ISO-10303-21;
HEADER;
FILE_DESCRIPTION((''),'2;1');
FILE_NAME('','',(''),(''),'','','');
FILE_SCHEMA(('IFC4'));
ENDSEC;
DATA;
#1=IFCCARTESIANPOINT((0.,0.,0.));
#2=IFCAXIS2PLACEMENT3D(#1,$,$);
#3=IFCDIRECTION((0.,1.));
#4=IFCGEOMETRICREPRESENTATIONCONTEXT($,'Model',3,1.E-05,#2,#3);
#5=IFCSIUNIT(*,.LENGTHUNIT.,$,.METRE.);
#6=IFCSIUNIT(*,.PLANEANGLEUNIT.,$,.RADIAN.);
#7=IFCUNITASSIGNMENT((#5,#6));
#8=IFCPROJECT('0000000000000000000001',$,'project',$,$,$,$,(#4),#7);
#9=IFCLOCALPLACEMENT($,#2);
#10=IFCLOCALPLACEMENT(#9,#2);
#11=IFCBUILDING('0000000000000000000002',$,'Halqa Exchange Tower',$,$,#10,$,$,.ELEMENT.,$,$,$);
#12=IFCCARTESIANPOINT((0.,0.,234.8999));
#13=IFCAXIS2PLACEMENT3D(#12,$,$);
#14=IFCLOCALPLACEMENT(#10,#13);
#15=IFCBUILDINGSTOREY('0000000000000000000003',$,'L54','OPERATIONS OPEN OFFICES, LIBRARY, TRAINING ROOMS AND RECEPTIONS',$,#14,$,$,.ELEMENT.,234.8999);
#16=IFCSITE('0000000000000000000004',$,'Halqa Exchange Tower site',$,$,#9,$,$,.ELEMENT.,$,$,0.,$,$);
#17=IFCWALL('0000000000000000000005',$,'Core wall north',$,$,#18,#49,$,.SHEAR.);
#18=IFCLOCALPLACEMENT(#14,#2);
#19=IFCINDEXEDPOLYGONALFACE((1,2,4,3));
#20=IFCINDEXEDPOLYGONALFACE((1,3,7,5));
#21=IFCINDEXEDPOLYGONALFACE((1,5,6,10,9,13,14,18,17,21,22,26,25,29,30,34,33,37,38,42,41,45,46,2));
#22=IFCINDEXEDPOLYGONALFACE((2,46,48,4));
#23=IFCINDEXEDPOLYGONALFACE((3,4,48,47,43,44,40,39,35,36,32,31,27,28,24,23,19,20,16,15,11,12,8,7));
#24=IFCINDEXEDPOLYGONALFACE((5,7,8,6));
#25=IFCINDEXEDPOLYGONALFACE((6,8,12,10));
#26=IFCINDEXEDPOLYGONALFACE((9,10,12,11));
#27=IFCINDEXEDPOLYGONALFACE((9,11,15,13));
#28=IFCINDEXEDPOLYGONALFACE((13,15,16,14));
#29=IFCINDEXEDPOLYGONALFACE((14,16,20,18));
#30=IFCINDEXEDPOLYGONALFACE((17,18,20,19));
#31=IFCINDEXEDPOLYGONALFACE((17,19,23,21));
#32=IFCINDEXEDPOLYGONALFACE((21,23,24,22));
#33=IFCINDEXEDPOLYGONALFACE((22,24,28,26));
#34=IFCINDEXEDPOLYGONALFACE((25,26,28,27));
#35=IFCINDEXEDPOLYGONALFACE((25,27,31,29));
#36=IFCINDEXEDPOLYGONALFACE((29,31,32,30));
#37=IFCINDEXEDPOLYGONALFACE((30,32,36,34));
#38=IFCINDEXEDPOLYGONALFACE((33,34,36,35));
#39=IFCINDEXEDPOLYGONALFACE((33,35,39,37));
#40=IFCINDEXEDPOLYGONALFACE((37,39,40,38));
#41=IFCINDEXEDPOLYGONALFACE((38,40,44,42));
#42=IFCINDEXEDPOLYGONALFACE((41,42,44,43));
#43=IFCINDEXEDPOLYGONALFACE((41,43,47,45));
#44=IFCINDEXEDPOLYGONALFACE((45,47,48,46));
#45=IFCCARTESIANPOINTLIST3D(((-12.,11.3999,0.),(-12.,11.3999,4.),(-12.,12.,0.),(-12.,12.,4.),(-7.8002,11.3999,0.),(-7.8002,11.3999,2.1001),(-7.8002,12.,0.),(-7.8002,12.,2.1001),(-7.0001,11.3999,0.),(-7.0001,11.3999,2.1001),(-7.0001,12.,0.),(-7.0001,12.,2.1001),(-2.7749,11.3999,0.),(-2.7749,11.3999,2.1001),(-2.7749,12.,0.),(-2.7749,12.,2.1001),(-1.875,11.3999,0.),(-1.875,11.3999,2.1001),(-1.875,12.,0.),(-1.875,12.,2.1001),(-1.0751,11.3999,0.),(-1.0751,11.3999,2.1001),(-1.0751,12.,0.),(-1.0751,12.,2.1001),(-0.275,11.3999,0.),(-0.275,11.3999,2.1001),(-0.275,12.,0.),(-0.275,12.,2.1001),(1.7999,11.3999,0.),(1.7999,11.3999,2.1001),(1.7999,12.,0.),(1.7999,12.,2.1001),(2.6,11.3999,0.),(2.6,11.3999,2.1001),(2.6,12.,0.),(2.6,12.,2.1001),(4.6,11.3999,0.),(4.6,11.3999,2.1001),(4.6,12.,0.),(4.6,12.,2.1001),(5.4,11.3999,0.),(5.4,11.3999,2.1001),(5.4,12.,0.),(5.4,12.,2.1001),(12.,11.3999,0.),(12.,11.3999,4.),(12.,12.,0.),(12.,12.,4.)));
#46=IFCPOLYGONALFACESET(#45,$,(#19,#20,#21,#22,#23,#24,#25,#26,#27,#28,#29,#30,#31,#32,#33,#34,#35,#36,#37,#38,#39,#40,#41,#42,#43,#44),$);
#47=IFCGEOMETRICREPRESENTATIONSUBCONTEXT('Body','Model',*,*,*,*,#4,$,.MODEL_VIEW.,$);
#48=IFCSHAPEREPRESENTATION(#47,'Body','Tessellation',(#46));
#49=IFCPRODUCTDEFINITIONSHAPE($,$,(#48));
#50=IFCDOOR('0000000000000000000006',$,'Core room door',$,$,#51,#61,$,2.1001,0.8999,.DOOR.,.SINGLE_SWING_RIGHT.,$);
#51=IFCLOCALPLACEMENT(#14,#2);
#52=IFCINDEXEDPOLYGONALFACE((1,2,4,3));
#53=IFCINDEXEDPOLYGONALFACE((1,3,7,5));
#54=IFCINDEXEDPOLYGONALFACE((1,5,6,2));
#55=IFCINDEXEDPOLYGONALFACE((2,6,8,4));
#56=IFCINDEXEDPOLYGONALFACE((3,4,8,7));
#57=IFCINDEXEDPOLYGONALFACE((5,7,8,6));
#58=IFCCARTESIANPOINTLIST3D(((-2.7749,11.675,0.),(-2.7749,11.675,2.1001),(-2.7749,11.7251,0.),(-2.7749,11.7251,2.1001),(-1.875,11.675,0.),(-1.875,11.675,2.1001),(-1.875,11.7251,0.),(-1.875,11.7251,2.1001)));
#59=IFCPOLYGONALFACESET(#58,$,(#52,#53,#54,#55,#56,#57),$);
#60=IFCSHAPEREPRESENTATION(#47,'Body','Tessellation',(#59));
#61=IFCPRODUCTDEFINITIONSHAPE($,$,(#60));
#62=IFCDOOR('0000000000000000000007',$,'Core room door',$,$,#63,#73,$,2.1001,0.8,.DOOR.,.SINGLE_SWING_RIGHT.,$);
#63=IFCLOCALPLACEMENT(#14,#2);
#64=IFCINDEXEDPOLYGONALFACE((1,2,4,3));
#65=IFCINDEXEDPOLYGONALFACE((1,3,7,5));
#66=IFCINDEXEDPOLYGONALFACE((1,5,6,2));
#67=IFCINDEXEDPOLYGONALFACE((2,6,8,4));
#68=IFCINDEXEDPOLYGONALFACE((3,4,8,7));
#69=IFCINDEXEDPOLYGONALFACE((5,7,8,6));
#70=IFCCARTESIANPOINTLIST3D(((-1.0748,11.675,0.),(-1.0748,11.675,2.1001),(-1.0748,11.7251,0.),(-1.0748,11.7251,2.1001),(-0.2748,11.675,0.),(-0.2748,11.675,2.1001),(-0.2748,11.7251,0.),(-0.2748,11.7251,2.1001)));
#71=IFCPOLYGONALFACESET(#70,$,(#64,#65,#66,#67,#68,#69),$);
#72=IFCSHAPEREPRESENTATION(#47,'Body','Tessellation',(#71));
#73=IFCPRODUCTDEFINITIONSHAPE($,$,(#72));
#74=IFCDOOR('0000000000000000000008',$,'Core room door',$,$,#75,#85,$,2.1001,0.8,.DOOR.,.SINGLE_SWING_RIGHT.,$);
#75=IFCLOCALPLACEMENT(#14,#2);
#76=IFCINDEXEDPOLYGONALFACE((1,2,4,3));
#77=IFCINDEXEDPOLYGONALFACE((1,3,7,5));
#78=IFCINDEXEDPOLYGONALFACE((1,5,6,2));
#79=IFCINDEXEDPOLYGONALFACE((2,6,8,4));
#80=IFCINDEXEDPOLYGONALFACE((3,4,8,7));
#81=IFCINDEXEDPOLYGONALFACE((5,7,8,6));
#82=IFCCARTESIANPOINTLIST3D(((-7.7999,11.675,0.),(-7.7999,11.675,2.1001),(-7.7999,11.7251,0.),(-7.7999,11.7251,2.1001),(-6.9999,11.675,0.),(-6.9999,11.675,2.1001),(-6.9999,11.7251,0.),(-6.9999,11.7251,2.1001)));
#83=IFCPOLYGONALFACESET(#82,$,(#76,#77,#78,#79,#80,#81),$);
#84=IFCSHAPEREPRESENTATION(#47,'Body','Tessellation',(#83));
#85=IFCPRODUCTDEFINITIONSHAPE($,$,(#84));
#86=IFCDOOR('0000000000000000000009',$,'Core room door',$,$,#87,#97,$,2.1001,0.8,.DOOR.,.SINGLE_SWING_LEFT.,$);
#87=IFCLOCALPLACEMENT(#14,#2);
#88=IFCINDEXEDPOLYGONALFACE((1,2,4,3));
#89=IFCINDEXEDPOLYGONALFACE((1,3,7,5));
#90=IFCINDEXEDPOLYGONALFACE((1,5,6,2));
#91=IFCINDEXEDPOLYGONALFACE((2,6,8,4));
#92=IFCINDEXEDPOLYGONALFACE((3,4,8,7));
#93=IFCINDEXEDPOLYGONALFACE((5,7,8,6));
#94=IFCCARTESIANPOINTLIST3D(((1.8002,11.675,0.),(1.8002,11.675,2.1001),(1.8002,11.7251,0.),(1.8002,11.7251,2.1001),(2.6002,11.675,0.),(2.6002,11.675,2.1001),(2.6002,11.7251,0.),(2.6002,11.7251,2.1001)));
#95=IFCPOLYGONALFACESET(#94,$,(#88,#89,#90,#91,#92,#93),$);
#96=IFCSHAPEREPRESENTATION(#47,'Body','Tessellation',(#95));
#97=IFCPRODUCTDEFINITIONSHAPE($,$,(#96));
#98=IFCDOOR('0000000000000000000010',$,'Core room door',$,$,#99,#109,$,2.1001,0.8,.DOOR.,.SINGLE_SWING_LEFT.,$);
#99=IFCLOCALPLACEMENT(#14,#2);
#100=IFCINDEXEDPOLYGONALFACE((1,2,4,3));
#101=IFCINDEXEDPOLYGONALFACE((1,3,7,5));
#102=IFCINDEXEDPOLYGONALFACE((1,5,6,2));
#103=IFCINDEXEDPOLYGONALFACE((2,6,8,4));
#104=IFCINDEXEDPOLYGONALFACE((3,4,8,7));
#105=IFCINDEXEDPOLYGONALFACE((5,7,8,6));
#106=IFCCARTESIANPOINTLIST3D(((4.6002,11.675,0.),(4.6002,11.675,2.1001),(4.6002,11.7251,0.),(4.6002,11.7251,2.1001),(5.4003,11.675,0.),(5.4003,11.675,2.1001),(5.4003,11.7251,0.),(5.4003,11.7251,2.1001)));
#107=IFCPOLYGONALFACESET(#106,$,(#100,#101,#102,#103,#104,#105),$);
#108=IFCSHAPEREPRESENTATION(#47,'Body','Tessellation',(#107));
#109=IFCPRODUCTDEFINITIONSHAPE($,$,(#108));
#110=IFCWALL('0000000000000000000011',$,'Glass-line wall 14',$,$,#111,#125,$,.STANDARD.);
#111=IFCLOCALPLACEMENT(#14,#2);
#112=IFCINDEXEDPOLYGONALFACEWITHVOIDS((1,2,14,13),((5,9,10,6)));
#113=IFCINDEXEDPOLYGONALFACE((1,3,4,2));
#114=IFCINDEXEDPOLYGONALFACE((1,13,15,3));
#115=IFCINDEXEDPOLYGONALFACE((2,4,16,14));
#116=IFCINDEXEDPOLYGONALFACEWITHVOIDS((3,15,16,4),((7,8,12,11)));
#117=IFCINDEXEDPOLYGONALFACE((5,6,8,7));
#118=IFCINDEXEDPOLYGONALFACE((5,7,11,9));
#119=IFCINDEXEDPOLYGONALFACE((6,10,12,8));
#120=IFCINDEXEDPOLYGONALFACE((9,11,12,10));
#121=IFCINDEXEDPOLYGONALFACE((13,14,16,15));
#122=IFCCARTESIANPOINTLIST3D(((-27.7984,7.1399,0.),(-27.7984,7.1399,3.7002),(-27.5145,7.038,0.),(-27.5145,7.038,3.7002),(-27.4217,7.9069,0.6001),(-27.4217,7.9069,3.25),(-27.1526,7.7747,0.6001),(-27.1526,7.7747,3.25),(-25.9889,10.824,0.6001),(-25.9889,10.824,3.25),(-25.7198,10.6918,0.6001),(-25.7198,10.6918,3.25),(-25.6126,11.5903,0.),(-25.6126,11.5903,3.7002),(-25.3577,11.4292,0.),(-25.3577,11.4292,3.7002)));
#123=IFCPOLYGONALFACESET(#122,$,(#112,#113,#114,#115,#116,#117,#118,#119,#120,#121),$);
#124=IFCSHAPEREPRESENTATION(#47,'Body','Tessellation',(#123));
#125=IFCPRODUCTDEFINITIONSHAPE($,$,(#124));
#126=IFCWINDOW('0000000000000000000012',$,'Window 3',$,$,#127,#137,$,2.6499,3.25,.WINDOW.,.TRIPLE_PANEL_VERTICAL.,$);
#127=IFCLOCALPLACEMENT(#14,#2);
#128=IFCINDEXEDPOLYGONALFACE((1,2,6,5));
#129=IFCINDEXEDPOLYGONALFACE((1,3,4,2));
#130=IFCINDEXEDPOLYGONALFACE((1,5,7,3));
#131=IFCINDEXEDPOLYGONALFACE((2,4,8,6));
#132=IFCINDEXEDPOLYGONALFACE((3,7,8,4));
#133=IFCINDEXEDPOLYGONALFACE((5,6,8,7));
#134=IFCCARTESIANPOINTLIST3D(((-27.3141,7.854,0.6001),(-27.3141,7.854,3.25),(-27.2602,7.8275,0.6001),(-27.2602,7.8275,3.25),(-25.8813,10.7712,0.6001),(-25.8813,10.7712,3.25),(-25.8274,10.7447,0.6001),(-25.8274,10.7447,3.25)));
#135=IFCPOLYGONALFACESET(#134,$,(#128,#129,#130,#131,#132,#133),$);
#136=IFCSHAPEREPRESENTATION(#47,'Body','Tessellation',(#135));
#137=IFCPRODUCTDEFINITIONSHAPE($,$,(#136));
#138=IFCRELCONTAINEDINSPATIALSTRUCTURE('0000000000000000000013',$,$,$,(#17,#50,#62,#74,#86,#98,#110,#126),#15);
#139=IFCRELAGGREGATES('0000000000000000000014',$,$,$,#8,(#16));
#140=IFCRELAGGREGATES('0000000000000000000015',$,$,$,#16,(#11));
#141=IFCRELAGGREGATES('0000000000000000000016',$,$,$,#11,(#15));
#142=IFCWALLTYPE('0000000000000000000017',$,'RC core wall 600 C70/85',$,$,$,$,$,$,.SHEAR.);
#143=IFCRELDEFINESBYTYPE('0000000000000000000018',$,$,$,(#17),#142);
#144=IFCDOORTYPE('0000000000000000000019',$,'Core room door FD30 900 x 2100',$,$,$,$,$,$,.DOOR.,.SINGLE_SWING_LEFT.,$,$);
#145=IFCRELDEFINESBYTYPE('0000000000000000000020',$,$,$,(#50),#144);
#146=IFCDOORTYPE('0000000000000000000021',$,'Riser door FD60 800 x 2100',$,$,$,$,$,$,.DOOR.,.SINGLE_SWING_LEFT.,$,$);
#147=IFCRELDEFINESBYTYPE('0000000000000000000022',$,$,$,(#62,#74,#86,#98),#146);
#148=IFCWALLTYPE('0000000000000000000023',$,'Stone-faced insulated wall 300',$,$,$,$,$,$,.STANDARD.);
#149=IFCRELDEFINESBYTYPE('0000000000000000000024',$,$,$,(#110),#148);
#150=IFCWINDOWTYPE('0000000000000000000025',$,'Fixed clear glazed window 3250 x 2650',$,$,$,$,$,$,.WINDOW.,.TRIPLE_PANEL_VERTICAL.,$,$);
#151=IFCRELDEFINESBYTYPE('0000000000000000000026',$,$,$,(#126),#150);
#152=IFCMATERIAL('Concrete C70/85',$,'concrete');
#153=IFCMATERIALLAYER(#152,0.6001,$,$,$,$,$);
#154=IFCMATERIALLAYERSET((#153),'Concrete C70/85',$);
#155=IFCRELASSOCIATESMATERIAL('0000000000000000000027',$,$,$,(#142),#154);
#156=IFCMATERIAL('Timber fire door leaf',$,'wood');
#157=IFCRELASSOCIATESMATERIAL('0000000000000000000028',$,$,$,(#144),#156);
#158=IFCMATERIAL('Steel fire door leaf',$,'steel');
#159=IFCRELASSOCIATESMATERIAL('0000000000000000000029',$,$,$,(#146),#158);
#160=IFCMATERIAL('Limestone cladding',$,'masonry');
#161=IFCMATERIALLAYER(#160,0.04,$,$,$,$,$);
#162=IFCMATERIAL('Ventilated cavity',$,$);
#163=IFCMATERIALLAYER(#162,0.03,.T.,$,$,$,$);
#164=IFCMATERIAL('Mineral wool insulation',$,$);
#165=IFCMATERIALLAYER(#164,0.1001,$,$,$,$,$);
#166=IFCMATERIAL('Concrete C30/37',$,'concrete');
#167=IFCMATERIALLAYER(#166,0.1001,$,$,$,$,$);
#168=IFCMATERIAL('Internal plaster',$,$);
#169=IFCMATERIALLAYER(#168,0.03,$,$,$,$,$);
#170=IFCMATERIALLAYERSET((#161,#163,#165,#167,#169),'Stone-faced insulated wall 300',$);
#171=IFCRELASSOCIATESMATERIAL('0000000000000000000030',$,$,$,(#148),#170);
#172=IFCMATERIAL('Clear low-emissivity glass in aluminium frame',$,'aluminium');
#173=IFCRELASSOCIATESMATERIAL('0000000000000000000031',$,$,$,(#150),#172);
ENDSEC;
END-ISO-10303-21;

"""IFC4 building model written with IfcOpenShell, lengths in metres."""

from ifc_helpers import new_model, si_unit, direction, frame, frame_2d, origin, place, context, subcontext, project, spatial, polyline, rectangle, outline, extrude, material, layer, layer_set, type_object, element, fill, save


model = new_model("IFC4")

# Units and contexts
model_context = context("Model", 3, precision=1e-05, world=origin(), true_north=direction((0.0, 1.0)))
body_context = subcontext(model_context, "Body", "Model", "MODEL_VIEW")
ifc_project = project(units=[si_unit("LENGTHUNIT", "METRE"), si_unit("PLANEANGLEUNIT", "RADIAN")], contexts=[model_context])

# Site, building, storey
site_placement = place(None, origin())
site = spatial("IfcSite", under=ifc_project, at=site_placement, Name="Halqa Exchange Tower site", CompositionType="ELEMENT", RefElevation=0.0)
building_placement = place(site_placement, origin())
building = spatial("IfcBuilding", under=site, at=building_placement, Name="Halqa Exchange Tower", CompositionType="ELEMENT")
storey_placement = place(building_placement, frame((0.0, 0.0, 234.8999)))
storey = spatial("IfcBuildingStorey", under=building, at=storey_placement, Name="L54", Description="OPERATIONS OPEN OFFICES, LIBRARY, TRAINING ROOMS AND RECEPTIONS", CompositionType="ELEMENT", Elevation=234.8999)

# Wall, openings, doors
ifc_material_1 = material(Name="Concrete C70/85", Category="concrete")
ifc_layer_1 = layer(ifc_material_1, 0.6001)
ifc_layer_set_1 = layer_set([ifc_layer_1], Name="Concrete C70/85")
wall_type_1 = type_object("IfcWallType", Name="RC core wall 600 C70/85", PredefinedType="SHEAR", material=ifc_layer_set_1)
wall_1_placement = place(storey_placement, frame((-12.0, 11.7, 0.0), z_axis=(0.0, 0.0, 1.0), x_axis=(1.0, 0.0, 0.0)))
wall_1 = element("IfcWall", 1, at=wall_1_placement, inside=storey, type_object=wall_type_1, Name="Core wall north", PredefinedType="SHEAR", context=body_context, shape_type="SweptSolid", body=[
    extrude(rectangle(XDim=24.0, YDim=0.6001, at=frame_2d((12.0, 0.0))), origin(), (0.0, 0.0, 1.0), 4.0),
])
opening_1_placement = place(wall_1_placement, frame((9.2251, 0.0, 0.0)))
opening_1 = element("IfcOpeningElement", 2, at=opening_1_placement, cuts=wall_1, PredefinedType="OPENING", context=body_context, shape_type="SweptSolid", body=[
    extrude(rectangle(XDim=0.8999, YDim=2.1001, at=frame_2d((0.45, 1.05))), frame((0.0, 0.312, 0.0), z_axis=(0.0, -1.0, 0.0), x_axis=(1.0, 0.0, 0.0)), (0.0, 0.0, 1.0), 0.624),
])
opening_2_placement = place(wall_1_placement, frame((10.925, 0.0, 0.0)))
opening_2 = element("IfcOpeningElement", 3, at=opening_2_placement, cuts=wall_1, PredefinedType="OPENING", context=body_context, shape_type="SweptSolid", body=[
    extrude(rectangle(XDim=0.8, YDim=2.1001, at=frame_2d((0.3999, 1.05))), frame((0.0, 0.312, 0.0), z_axis=(0.0, -1.0, 0.0), x_axis=(1.0, 0.0, 0.0)), (0.0, 0.0, 1.0), 0.624),
])
opening_3_placement = place(wall_1_placement, frame((4.2, 0.0, 0.0)))
opening_3 = element("IfcOpeningElement", 4, at=opening_3_placement, cuts=wall_1, PredefinedType="OPENING", context=body_context, shape_type="SweptSolid", body=[
    extrude(rectangle(XDim=0.8, YDim=2.1001, at=frame_2d((0.3999, 1.05))), frame((0.0, 0.312, 0.0), z_axis=(0.0, -1.0, 0.0), x_axis=(1.0, 0.0, 0.0)), (0.0, 0.0, 1.0), 0.624),
])
opening_4_placement = place(wall_1_placement, frame((13.8, 0.0, 0.0)))
opening_4 = element("IfcOpeningElement", 5, at=opening_4_placement, cuts=wall_1, PredefinedType="OPENING", context=body_context, shape_type="SweptSolid", body=[
    extrude(rectangle(XDim=0.8, YDim=2.1001, at=frame_2d((0.3999, 1.05))), frame((0.0, 0.312, 0.0), z_axis=(0.0, -1.0, 0.0), x_axis=(1.0, 0.0, 0.0)), (0.0, 0.0, 1.0), 0.624),
])
opening_5_placement = place(wall_1_placement, frame((16.6001, 0.0, 0.0)))
opening_5 = element("IfcOpeningElement", 6, at=opening_5_placement, cuts=wall_1, PredefinedType="OPENING", context=body_context, shape_type="SweptSolid", body=[
    extrude(rectangle(XDim=0.8, YDim=2.1001, at=frame_2d((0.3999, 1.05))), frame((0.0, 0.312, 0.0), z_axis=(0.0, -1.0, 0.0), x_axis=(1.0, 0.0, 0.0)), (0.0, 0.0, 1.0), 0.624),
])
ifc_material_2 = material(Name="Timber fire door leaf", Category="wood")
door_type_1 = type_object("IfcDoorType", Name="Core room door FD30 900 x 2100", OperationType="SINGLE_SWING_LEFT", PredefinedType="DOOR", material=ifc_material_2)
door_1_placement = place(opening_1_placement, frame((0.8999, 0.0, 0.0), z_axis=(0.0, 0.0, 1.0), x_axis=(-1.0, 0.0, 0.0)))
door_1 = element("IfcDoor", 7, at=door_1_placement, inside=storey, type_object=door_type_1, Name="Core room door", OperationType="SINGLE_SWING_RIGHT", OverallHeight=2.1001, OverallWidth=0.8999, PredefinedType="DOOR", context=body_context, shape_type="SweptSolid", body=[
    extrude(rectangle(XDim=0.8999, YDim=2.1001, at=frame_2d((0.45, 1.05))), frame((0.0, 0.0249, 0.0), z_axis=(0.0, -1.0, 0.0), x_axis=(1.0, 0.0, 0.0)), (0.0, 0.0, 1.0), 0.05),
])
fill(opening_1, door_1)
ifc_material_3 = material(Name="Steel fire door leaf", Category="steel")
door_type_2 = type_object("IfcDoorType", Name="Riser door FD60 800 x 2100", OperationType="SINGLE_SWING_LEFT", PredefinedType="DOOR", material=ifc_material_3)
door_2_placement = place(opening_2_placement, frame((0.8, 0.0, 0.0), z_axis=(0.0, 0.0, 1.0), x_axis=(-1.0, 0.0, 0.0)))
door_2 = element("IfcDoor", 8, at=door_2_placement, inside=storey, type_object=door_type_2, Name="Core room door", OperationType="SINGLE_SWING_RIGHT", OverallHeight=2.1001, OverallWidth=0.8, PredefinedType="DOOR", context=body_context, shape_type="SweptSolid", body=[
    extrude(rectangle(XDim=0.8, YDim=2.1001, at=frame_2d((0.3999, 1.05))), frame((0.0, 0.0249, 0.0), z_axis=(0.0, -1.0, 0.0), x_axis=(1.0, 0.0, 0.0)), (0.0, 0.0, 1.0), 0.05),
])
fill(opening_2, door_2)
door_3_placement = place(opening_3_placement, frame((0.8, 0.0, 0.0), z_axis=(0.0, 0.0, 1.0), x_axis=(-1.0, 0.0, 0.0)))
door_3 = element("IfcDoor", 9, at=door_3_placement, inside=storey, type_object=door_type_2, Name="Core room door", OperationType="SINGLE_SWING_RIGHT", OverallHeight=2.1001, OverallWidth=0.8, PredefinedType="DOOR", context=body_context, shape_type="SweptSolid", body=[
    extrude(rectangle(XDim=0.8, YDim=2.1001, at=frame_2d((0.3999, 1.05))), frame((0.0, 0.0249, 0.0), z_axis=(0.0, -1.0, 0.0), x_axis=(1.0, 0.0, 0.0)), (0.0, 0.0, 1.0), 0.05),
])
fill(opening_3, door_3)
door_4_placement = place(opening_4_placement, frame((0.8, 0.0, 0.0), z_axis=(0.0, 0.0, 1.0), x_axis=(-1.0, 0.0, 0.0)))
door_4 = element("IfcDoor", 10, at=door_4_placement, inside=storey, type_object=door_type_2, Name="Core room door", OperationType="SINGLE_SWING_LEFT", OverallHeight=2.1001, OverallWidth=0.8, PredefinedType="DOOR", context=body_context, shape_type="SweptSolid", body=[
    extrude(rectangle(XDim=0.8, YDim=2.1001, at=frame_2d((0.3999, 1.05))), frame((0.0, 0.0249, 0.0), z_axis=(0.0, -1.0, 0.0), x_axis=(1.0, 0.0, 0.0)), (0.0, 0.0, 1.0), 0.05),
])
fill(opening_4, door_4)
door_5_placement = place(opening_5_placement, frame((0.8, 0.0, 0.0), z_axis=(0.0, 0.0, 1.0), x_axis=(-1.0, 0.0, 0.0)))
door_5 = element("IfcDoor", 11, at=door_5_placement, inside=storey, type_object=door_type_2, Name="Core room door", OperationType="SINGLE_SWING_LEFT", OverallHeight=2.1001, OverallWidth=0.8, PredefinedType="DOOR", context=body_context, shape_type="SweptSolid", body=[
    extrude(rectangle(XDim=0.8, YDim=2.1001, at=frame_2d((0.3999, 1.05))), frame((0.0, 0.0249, 0.0), z_axis=(0.0, -1.0, 0.0), x_axis=(1.0, 0.0, 0.0)), (0.0, 0.0, 1.0), 0.05),
])
fill(opening_5, door_5)

# Wall, opening, window
ifc_material_4 = material(Name="Limestone cladding", Category="masonry")
ifc_layer_2 = layer(ifc_material_4, 0.04)
ifc_material_5 = material(Name="Ventilated cavity")
ifc_layer_3 = layer(ifc_material_5, 0.03, ventilated=True)
ifc_material_6 = material(Name="Mineral wool insulation")
ifc_layer_4 = layer(ifc_material_6, 0.1001)
ifc_material_7 = material(Name="Concrete C30/37", Category="concrete")
ifc_layer_5 = layer(ifc_material_7, 0.1001)
ifc_material_8 = material(Name="Internal plaster")
ifc_layer_6 = layer(ifc_material_8, 0.03)
ifc_layer_set_2 = layer_set([ifc_layer_2, ifc_layer_3, ifc_layer_4, ifc_layer_5, ifc_layer_6], Name="Stone-faced insulated wall 300")
wall_type_2 = type_object("IfcWallType", Name="Stone-faced insulated wall 300", PredefinedType="STANDARD", material=ifc_layer_set_2)
wall_2_placement = place(storey_placement, frame((-25.4851, 11.5098, 0.0), z_axis=(0.0, 0.0, 1.0), x_axis=(-0.440858, -0.897577, 0.0)))
wall_2 = element("IfcWall", 12, at=wall_2_placement, inside=storey, type_object=wall_type_2, Name="Glass-line wall 14", PredefinedType="STANDARD", context=body_context, shape_type="SweptSolid", body=[
    extrude(outline(polyline([(-0.0161, -0.1499), (4.9421, -0.1499), (4.9084, 0.1499), (0.0161, 0.1499), (-0.0161, -0.1499)])), origin(), (0.0, 0.0, 1.0), 3.7002),
])
opening_6_placement = place(wall_2_placement, frame((0.8376, 0.0, 0.6001)))
opening_6 = element("IfcOpeningElement", 13, at=opening_6_placement, cuts=wall_2, PredefinedType="OPENING", context=body_context, shape_type="SweptSolid", body=[
    extrude(rectangle(XDim=3.25, YDim=2.6499, at=frame_2d((1.625, 1.325))), frame((0.0, 0.1621, 0.0), z_axis=(0.0, -1.0, 0.0), x_axis=(1.0, 0.0, 0.0)), (0.0, 0.0, 1.0), 0.324),
])
ifc_material_9 = material(Name="Clear low-emissivity glass in aluminium frame", Category="aluminium")
window_type = type_object("IfcWindowType", Name="Fixed clear glazed window 3250 x 2650", PartitioningType="TRIPLE_PANEL_VERTICAL", PredefinedType="WINDOW", material=ifc_material_9)
window_1_placement = place(opening_6_placement, origin())
window_1 = element("IfcWindow", 14, at=window_1_placement, inside=storey, type_object=window_type, Name="Window 3", OverallHeight=2.6499, OverallWidth=3.25, PartitioningType="TRIPLE_PANEL_VERTICAL", PredefinedType="WINDOW", context=body_context, shape_type="SweptSolid", body=[
    extrude(rectangle(XDim=3.25, YDim=2.6499, at=frame_2d((1.625, 1.325))), frame((0.0, 0.03, 0.0), z_axis=(0.0, -1.0, 0.0), x_axis=(1.0, 0.0, 0.0)), (0.0, 0.0, 1.0), 0.0601),
])
fill(opening_6, window_1)

save(model, "model.ifc")
